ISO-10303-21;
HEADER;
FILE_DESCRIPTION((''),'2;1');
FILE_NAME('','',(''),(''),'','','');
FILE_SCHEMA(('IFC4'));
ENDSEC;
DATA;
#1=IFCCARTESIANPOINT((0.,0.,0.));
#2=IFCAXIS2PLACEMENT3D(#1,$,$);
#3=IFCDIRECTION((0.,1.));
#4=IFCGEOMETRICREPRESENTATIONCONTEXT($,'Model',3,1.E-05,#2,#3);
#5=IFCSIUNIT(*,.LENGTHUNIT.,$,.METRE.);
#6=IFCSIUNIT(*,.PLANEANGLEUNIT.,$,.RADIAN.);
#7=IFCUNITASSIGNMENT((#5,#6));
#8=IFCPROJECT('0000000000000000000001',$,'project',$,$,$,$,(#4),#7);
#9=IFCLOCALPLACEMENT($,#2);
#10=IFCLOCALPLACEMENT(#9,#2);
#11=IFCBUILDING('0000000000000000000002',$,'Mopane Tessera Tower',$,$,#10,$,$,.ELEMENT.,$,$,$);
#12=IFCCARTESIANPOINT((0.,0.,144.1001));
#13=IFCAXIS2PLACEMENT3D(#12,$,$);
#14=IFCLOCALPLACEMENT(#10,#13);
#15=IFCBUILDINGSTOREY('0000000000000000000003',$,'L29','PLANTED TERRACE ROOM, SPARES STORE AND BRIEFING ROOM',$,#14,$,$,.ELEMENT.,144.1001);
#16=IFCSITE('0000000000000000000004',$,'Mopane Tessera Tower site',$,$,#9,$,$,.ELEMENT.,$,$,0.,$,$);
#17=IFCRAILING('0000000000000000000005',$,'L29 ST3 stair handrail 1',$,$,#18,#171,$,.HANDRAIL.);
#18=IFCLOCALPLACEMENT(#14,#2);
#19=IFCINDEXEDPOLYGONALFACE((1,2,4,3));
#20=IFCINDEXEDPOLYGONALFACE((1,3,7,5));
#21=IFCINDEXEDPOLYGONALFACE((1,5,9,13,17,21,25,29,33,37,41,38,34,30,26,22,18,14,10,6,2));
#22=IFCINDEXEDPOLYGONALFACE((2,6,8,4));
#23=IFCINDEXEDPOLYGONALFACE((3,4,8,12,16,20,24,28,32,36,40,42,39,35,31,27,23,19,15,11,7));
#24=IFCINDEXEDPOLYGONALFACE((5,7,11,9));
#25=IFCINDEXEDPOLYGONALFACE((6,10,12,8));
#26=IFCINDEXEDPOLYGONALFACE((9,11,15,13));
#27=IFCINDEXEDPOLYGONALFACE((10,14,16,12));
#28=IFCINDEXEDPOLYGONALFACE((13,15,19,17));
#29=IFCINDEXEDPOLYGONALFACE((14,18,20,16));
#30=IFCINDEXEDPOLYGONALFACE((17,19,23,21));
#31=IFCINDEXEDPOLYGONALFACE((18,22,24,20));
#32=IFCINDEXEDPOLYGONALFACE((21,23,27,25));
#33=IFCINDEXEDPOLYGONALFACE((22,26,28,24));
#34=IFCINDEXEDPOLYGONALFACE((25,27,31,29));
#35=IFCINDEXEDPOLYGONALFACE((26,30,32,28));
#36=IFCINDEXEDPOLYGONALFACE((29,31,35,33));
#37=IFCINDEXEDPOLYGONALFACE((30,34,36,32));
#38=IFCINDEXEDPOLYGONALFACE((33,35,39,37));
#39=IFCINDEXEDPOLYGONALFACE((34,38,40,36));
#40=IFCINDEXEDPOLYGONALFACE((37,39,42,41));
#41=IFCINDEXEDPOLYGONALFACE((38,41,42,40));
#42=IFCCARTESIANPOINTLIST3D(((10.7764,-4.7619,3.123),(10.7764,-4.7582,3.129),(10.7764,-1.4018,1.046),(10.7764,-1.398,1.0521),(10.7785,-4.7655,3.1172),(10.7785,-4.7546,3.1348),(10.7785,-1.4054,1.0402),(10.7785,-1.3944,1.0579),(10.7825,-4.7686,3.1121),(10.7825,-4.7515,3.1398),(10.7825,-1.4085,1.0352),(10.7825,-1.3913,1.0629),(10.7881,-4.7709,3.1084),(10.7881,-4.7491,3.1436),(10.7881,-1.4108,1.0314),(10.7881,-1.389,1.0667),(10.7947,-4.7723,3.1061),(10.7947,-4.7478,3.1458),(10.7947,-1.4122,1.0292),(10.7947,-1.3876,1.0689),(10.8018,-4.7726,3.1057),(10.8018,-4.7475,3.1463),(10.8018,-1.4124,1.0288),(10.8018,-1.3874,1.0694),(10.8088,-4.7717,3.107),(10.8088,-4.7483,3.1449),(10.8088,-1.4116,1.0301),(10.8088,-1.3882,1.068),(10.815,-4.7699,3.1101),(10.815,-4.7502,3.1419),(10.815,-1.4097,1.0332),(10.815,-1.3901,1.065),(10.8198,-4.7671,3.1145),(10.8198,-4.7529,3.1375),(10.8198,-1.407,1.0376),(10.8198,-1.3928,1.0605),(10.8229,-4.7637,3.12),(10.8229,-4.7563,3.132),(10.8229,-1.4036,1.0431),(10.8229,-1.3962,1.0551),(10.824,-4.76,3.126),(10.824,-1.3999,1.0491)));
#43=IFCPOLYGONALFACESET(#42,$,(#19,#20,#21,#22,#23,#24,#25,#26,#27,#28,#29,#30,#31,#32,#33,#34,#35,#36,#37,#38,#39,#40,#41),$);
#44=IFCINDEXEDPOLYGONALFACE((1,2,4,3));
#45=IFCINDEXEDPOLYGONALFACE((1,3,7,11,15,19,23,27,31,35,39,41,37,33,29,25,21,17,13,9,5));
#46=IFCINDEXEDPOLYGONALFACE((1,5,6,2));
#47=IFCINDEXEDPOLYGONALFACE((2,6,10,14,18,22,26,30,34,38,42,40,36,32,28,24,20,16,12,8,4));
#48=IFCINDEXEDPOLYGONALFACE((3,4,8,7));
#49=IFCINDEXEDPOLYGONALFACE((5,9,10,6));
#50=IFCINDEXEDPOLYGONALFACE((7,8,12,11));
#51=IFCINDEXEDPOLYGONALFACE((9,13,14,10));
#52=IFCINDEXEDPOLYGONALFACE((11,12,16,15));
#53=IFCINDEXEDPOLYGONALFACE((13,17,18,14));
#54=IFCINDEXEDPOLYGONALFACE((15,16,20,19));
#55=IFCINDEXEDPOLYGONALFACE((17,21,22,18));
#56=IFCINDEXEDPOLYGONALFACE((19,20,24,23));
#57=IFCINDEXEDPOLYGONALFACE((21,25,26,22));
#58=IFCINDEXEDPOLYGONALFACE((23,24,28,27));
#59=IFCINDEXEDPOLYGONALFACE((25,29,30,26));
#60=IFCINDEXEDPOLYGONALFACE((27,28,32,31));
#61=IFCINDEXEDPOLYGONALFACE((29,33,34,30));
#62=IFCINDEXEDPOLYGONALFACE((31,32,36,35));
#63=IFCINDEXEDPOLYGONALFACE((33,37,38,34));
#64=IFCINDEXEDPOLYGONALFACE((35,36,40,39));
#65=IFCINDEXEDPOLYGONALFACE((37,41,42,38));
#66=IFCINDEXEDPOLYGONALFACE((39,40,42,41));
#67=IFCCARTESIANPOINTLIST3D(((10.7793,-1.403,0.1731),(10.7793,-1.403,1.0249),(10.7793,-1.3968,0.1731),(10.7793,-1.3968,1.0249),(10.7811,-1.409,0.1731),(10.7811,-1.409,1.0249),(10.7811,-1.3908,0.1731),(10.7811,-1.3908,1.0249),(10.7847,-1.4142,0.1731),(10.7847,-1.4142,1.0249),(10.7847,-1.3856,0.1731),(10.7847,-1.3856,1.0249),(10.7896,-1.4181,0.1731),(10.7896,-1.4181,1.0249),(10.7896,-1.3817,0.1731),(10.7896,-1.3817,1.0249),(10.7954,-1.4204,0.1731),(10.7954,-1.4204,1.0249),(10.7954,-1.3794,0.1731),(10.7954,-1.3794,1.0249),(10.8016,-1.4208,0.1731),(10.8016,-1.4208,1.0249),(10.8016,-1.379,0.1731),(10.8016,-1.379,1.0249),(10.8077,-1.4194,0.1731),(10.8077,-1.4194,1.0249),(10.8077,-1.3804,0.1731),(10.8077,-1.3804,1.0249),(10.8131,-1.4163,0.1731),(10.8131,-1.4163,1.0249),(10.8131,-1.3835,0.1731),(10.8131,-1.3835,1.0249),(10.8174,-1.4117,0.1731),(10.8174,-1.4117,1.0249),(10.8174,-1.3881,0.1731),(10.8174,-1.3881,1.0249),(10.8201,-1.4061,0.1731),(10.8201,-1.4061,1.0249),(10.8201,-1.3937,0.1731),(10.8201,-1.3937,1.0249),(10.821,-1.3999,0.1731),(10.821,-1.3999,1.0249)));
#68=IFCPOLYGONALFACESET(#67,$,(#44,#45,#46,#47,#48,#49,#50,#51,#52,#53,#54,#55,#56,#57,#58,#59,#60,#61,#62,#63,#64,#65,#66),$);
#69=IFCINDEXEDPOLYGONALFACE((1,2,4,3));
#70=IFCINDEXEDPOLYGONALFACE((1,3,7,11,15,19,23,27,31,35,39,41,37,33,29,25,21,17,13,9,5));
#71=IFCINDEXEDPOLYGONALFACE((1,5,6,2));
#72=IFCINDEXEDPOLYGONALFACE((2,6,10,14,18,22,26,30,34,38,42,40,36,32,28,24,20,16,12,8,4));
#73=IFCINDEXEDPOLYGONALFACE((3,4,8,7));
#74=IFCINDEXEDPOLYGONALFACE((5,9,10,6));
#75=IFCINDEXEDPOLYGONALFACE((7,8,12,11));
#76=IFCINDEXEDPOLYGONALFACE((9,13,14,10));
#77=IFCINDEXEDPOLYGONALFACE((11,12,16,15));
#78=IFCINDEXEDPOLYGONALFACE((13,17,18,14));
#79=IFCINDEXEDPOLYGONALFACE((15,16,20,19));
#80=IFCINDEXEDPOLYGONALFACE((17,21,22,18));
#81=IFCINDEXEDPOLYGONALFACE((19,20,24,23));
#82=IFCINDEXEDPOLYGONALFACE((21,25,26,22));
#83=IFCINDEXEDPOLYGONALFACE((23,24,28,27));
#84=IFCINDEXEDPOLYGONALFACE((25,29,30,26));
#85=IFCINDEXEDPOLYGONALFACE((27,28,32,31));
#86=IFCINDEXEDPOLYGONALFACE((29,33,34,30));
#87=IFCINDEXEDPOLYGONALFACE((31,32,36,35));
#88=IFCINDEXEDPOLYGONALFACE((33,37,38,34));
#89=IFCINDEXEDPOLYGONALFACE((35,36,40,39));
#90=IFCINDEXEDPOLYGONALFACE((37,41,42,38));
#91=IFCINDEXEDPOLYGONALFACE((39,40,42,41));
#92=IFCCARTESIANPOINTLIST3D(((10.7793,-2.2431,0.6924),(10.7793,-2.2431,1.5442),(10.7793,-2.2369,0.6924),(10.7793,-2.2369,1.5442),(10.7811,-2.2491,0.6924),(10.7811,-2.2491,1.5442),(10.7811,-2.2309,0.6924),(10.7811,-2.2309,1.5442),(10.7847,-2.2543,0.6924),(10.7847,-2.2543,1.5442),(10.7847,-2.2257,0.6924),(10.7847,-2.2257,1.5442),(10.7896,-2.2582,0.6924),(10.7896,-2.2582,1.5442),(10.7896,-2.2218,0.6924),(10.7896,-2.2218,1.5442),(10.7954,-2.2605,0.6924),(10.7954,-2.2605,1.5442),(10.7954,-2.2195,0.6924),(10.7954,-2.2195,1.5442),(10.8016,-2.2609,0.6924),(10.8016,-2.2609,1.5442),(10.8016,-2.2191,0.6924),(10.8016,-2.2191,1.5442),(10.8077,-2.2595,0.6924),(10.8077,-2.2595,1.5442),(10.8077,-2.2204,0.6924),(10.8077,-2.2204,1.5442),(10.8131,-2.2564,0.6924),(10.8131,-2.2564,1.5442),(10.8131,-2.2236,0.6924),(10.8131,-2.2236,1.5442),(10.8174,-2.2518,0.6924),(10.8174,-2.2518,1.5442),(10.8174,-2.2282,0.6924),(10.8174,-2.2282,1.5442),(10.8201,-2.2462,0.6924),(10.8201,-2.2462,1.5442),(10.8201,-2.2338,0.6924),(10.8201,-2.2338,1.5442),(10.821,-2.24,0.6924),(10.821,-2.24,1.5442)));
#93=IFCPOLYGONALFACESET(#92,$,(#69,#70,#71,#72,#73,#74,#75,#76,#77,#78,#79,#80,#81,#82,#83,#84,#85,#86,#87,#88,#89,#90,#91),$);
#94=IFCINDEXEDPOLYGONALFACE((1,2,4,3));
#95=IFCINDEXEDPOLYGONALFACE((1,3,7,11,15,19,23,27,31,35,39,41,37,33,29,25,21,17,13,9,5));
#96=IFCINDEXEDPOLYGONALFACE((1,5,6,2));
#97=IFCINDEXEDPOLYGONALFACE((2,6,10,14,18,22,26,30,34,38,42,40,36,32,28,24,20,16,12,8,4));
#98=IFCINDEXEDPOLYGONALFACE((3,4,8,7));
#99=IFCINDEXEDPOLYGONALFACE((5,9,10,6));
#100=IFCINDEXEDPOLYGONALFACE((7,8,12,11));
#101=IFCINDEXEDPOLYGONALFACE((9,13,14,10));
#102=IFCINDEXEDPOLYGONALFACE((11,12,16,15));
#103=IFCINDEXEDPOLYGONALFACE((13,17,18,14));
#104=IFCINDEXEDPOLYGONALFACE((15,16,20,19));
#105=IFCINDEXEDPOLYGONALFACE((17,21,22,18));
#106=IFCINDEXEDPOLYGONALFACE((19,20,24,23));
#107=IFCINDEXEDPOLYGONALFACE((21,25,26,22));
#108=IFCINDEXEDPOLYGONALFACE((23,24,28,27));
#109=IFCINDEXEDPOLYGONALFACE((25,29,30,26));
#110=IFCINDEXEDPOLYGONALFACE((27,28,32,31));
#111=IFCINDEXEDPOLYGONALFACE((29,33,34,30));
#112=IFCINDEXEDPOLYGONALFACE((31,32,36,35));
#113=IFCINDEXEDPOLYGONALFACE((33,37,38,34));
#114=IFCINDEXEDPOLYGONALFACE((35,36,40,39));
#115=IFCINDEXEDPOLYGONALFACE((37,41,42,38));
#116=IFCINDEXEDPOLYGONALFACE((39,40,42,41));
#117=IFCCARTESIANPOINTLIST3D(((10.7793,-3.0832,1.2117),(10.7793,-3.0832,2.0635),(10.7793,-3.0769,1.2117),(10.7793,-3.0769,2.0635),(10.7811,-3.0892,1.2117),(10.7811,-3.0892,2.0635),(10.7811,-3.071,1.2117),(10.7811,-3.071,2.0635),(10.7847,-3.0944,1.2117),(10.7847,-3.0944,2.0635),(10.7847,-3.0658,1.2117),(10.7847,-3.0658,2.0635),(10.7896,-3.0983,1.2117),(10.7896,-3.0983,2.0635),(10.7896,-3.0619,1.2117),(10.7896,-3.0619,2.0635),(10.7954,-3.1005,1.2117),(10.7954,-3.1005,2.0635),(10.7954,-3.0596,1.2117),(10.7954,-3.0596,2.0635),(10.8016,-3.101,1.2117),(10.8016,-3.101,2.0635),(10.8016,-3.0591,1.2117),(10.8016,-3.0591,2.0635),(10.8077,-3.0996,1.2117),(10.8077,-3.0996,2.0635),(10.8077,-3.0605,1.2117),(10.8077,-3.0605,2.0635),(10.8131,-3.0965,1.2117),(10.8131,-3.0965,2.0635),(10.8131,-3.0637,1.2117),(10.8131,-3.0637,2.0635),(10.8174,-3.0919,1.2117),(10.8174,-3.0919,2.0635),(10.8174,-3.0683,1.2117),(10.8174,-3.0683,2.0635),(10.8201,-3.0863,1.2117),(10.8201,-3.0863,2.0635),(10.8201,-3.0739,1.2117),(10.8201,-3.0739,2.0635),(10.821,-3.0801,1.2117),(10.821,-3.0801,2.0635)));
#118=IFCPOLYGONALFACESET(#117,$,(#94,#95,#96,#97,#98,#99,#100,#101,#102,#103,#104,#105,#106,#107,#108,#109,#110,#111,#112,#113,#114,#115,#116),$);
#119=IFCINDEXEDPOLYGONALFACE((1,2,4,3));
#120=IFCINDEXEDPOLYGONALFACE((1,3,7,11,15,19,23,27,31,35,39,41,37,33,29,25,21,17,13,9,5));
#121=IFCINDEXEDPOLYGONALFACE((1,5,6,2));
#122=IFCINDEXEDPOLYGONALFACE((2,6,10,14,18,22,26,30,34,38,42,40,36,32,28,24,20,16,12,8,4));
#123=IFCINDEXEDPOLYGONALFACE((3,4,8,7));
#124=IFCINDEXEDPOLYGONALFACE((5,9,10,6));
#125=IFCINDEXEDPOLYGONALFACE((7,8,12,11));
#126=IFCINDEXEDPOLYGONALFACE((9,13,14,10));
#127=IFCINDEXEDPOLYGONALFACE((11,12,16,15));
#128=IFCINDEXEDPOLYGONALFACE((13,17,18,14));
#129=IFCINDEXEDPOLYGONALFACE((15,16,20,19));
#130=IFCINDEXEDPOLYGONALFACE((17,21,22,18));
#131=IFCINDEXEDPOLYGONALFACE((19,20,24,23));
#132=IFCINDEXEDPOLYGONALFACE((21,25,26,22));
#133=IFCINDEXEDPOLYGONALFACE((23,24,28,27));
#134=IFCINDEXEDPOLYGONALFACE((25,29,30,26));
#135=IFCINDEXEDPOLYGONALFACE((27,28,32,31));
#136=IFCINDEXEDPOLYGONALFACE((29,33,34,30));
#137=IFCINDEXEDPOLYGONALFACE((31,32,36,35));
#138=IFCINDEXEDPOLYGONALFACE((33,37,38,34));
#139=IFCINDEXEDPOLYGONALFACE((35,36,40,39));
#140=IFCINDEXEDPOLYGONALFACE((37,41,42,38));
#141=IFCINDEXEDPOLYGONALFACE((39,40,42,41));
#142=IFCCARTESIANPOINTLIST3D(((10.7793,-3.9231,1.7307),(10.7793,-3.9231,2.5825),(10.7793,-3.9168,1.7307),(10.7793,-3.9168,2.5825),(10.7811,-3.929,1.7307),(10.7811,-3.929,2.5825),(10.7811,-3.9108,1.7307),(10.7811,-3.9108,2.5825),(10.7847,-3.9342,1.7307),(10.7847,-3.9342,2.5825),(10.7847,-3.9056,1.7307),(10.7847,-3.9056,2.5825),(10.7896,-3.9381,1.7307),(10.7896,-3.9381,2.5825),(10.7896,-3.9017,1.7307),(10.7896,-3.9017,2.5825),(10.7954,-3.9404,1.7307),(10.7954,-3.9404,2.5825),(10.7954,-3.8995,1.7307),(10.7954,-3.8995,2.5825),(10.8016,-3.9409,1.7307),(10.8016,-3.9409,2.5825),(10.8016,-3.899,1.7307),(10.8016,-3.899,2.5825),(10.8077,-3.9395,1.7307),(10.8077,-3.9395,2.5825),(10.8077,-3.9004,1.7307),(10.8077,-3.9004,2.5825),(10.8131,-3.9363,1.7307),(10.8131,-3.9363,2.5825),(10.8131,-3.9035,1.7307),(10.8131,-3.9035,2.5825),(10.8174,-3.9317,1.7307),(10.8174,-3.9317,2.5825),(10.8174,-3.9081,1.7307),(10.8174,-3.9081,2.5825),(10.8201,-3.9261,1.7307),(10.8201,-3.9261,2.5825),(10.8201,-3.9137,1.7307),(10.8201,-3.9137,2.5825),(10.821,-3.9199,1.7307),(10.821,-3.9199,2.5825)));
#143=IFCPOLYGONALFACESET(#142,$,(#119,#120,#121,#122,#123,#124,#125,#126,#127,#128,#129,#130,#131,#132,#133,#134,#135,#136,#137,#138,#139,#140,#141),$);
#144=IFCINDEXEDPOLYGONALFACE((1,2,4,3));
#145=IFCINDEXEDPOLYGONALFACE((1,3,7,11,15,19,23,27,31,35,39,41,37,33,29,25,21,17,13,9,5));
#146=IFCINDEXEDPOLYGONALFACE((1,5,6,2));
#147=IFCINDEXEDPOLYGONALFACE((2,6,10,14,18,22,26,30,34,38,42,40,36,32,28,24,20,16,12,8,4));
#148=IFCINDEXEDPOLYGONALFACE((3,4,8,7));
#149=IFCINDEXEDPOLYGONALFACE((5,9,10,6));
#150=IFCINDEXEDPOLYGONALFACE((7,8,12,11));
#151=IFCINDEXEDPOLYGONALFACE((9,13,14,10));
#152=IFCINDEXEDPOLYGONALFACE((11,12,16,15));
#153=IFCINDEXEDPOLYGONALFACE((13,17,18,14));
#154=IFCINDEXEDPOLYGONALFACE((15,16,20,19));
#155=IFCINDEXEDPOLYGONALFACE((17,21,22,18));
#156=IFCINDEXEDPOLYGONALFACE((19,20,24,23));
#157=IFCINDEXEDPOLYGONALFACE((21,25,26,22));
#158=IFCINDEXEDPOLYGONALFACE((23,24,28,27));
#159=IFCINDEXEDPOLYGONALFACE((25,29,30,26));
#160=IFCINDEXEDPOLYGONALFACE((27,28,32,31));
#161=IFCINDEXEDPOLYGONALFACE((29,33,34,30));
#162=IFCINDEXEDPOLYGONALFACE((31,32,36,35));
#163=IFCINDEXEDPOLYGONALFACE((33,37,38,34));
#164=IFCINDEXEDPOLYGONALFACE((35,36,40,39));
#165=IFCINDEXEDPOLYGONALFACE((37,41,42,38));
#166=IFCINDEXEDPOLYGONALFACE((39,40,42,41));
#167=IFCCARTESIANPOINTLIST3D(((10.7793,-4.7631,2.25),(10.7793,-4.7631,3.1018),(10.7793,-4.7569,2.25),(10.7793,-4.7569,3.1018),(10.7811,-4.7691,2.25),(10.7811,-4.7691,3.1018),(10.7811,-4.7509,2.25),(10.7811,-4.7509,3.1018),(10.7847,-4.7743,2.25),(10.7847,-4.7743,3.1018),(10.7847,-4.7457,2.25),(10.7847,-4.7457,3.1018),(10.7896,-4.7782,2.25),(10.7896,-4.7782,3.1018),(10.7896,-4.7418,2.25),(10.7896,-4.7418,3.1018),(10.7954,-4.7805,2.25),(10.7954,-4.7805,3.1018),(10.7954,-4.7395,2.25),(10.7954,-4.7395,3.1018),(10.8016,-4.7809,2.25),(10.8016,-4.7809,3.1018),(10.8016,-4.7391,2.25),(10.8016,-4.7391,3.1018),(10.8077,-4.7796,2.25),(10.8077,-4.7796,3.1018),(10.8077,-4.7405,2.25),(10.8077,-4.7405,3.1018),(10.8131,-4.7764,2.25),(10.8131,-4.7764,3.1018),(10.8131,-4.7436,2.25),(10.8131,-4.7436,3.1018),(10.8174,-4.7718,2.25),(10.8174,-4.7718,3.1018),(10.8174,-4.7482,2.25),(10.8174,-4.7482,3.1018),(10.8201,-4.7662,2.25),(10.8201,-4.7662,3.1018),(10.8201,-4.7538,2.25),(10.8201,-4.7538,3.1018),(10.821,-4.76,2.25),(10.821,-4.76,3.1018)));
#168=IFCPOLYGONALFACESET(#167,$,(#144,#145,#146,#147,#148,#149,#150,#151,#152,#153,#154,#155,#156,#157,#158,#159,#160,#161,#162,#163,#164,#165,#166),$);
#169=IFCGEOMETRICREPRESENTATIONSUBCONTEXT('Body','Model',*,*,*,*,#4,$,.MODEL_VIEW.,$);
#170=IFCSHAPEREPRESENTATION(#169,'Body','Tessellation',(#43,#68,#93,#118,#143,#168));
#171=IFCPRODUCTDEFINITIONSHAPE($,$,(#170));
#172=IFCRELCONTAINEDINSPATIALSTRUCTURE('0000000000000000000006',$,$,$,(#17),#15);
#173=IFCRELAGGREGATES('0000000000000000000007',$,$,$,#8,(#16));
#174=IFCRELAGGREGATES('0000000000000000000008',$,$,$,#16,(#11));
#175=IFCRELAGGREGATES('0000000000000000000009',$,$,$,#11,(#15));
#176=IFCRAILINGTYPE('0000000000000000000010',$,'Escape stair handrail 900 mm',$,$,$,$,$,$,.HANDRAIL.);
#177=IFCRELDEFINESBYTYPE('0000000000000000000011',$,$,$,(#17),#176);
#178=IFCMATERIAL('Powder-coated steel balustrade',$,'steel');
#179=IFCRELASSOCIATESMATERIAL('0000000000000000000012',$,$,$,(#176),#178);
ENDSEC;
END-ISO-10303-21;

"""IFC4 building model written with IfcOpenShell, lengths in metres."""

from ifc_helpers import new_model, si_unit, direction, frame, origin, origin_2d, place, context, subcontext, project, spatial, circle, extrude, material, type_object, element, save


model = new_model("IFC4")

# Units and contexts
model_context = context("Model", 3, precision=1e-05, world=origin(), true_north=direction((0.0, 1.0)))
body_context = subcontext(model_context, "Body", "Model", "MODEL_VIEW")
ifc_project = project(units=[si_unit("LENGTHUNIT", "METRE"), si_unit("PLANEANGLEUNIT", "RADIAN")], contexts=[model_context])

# Site, building, storey
site_placement = place(None, origin())
site = spatial("IfcSite", under=ifc_project, at=site_placement, Name="Mopane Tessera Tower site", CompositionType="ELEMENT", RefElevation=0.0)
building_placement = place(site_placement, origin())
building = spatial("IfcBuilding", under=site, at=building_placement, Name="Mopane Tessera Tower", CompositionType="ELEMENT")
storey_placement = place(building_placement, frame((0.0, 0.0, 144.1001)))
storey = spatial("IfcBuildingStorey", under=building, at=storey_placement, Name="L29", Description="PLANTED TERRACE ROOM, SPARES STORE AND BRIEFING ROOM", CompositionType="ELEMENT", Elevation=144.1001)

# Railing
ifc_material_1 = material(Name="Powder-coated steel balustrade", Category="steel")
railing_type_1 = type_object("IfcRailingType", Name="Escape stair handrail 900 mm", PredefinedType="HANDRAIL", material=ifc_material_1)
railing_1_placement = place(storey_placement, frame((10.8, -1.3999, 0.1731)))
element("IfcRailing", 1, at=railing_1_placement, inside=storey, type_object=railing_type_1, Name="L29 ST3 stair handrail 1", PredefinedType="HANDRAIL", context=body_context, shape_type="SweptSolid", body=[
    extrude(circle(Radius=0.0239, at=origin_2d()), frame((0.0, 0.0, 0.876), z_axis=(0.0, -0.850623, 0.525776), x_axis=(1.0, 0.0, 0.0)), (0.0, 0.0, 1.0), 3.9502),
    extrude(circle(Radius=0.021, at=origin_2d()), origin(), (0.0, 0.0, 1.0), 0.8518),
    extrude(circle(Radius=0.021, at=origin_2d()), frame((0.0, -0.8401, 0.5193)), (0.0, 0.0, 1.0), 0.8518),
    extrude(circle(Radius=0.021, at=origin_2d()), frame((0.0, -1.6802, 1.0386)), (0.0, 0.0, 1.0), 0.8518),
    extrude(circle(Radius=0.021, at=origin_2d()), frame((0.0, -2.52, 1.5576)), (0.0, 0.0, 1.0), 0.8518),
    extrude(circle(Radius=0.021, at=origin_2d()), frame((0.0, -3.3601, 2.0769)), (0.0, 0.0, 1.0), 0.8518),
])

save(model, "model.ifc")
